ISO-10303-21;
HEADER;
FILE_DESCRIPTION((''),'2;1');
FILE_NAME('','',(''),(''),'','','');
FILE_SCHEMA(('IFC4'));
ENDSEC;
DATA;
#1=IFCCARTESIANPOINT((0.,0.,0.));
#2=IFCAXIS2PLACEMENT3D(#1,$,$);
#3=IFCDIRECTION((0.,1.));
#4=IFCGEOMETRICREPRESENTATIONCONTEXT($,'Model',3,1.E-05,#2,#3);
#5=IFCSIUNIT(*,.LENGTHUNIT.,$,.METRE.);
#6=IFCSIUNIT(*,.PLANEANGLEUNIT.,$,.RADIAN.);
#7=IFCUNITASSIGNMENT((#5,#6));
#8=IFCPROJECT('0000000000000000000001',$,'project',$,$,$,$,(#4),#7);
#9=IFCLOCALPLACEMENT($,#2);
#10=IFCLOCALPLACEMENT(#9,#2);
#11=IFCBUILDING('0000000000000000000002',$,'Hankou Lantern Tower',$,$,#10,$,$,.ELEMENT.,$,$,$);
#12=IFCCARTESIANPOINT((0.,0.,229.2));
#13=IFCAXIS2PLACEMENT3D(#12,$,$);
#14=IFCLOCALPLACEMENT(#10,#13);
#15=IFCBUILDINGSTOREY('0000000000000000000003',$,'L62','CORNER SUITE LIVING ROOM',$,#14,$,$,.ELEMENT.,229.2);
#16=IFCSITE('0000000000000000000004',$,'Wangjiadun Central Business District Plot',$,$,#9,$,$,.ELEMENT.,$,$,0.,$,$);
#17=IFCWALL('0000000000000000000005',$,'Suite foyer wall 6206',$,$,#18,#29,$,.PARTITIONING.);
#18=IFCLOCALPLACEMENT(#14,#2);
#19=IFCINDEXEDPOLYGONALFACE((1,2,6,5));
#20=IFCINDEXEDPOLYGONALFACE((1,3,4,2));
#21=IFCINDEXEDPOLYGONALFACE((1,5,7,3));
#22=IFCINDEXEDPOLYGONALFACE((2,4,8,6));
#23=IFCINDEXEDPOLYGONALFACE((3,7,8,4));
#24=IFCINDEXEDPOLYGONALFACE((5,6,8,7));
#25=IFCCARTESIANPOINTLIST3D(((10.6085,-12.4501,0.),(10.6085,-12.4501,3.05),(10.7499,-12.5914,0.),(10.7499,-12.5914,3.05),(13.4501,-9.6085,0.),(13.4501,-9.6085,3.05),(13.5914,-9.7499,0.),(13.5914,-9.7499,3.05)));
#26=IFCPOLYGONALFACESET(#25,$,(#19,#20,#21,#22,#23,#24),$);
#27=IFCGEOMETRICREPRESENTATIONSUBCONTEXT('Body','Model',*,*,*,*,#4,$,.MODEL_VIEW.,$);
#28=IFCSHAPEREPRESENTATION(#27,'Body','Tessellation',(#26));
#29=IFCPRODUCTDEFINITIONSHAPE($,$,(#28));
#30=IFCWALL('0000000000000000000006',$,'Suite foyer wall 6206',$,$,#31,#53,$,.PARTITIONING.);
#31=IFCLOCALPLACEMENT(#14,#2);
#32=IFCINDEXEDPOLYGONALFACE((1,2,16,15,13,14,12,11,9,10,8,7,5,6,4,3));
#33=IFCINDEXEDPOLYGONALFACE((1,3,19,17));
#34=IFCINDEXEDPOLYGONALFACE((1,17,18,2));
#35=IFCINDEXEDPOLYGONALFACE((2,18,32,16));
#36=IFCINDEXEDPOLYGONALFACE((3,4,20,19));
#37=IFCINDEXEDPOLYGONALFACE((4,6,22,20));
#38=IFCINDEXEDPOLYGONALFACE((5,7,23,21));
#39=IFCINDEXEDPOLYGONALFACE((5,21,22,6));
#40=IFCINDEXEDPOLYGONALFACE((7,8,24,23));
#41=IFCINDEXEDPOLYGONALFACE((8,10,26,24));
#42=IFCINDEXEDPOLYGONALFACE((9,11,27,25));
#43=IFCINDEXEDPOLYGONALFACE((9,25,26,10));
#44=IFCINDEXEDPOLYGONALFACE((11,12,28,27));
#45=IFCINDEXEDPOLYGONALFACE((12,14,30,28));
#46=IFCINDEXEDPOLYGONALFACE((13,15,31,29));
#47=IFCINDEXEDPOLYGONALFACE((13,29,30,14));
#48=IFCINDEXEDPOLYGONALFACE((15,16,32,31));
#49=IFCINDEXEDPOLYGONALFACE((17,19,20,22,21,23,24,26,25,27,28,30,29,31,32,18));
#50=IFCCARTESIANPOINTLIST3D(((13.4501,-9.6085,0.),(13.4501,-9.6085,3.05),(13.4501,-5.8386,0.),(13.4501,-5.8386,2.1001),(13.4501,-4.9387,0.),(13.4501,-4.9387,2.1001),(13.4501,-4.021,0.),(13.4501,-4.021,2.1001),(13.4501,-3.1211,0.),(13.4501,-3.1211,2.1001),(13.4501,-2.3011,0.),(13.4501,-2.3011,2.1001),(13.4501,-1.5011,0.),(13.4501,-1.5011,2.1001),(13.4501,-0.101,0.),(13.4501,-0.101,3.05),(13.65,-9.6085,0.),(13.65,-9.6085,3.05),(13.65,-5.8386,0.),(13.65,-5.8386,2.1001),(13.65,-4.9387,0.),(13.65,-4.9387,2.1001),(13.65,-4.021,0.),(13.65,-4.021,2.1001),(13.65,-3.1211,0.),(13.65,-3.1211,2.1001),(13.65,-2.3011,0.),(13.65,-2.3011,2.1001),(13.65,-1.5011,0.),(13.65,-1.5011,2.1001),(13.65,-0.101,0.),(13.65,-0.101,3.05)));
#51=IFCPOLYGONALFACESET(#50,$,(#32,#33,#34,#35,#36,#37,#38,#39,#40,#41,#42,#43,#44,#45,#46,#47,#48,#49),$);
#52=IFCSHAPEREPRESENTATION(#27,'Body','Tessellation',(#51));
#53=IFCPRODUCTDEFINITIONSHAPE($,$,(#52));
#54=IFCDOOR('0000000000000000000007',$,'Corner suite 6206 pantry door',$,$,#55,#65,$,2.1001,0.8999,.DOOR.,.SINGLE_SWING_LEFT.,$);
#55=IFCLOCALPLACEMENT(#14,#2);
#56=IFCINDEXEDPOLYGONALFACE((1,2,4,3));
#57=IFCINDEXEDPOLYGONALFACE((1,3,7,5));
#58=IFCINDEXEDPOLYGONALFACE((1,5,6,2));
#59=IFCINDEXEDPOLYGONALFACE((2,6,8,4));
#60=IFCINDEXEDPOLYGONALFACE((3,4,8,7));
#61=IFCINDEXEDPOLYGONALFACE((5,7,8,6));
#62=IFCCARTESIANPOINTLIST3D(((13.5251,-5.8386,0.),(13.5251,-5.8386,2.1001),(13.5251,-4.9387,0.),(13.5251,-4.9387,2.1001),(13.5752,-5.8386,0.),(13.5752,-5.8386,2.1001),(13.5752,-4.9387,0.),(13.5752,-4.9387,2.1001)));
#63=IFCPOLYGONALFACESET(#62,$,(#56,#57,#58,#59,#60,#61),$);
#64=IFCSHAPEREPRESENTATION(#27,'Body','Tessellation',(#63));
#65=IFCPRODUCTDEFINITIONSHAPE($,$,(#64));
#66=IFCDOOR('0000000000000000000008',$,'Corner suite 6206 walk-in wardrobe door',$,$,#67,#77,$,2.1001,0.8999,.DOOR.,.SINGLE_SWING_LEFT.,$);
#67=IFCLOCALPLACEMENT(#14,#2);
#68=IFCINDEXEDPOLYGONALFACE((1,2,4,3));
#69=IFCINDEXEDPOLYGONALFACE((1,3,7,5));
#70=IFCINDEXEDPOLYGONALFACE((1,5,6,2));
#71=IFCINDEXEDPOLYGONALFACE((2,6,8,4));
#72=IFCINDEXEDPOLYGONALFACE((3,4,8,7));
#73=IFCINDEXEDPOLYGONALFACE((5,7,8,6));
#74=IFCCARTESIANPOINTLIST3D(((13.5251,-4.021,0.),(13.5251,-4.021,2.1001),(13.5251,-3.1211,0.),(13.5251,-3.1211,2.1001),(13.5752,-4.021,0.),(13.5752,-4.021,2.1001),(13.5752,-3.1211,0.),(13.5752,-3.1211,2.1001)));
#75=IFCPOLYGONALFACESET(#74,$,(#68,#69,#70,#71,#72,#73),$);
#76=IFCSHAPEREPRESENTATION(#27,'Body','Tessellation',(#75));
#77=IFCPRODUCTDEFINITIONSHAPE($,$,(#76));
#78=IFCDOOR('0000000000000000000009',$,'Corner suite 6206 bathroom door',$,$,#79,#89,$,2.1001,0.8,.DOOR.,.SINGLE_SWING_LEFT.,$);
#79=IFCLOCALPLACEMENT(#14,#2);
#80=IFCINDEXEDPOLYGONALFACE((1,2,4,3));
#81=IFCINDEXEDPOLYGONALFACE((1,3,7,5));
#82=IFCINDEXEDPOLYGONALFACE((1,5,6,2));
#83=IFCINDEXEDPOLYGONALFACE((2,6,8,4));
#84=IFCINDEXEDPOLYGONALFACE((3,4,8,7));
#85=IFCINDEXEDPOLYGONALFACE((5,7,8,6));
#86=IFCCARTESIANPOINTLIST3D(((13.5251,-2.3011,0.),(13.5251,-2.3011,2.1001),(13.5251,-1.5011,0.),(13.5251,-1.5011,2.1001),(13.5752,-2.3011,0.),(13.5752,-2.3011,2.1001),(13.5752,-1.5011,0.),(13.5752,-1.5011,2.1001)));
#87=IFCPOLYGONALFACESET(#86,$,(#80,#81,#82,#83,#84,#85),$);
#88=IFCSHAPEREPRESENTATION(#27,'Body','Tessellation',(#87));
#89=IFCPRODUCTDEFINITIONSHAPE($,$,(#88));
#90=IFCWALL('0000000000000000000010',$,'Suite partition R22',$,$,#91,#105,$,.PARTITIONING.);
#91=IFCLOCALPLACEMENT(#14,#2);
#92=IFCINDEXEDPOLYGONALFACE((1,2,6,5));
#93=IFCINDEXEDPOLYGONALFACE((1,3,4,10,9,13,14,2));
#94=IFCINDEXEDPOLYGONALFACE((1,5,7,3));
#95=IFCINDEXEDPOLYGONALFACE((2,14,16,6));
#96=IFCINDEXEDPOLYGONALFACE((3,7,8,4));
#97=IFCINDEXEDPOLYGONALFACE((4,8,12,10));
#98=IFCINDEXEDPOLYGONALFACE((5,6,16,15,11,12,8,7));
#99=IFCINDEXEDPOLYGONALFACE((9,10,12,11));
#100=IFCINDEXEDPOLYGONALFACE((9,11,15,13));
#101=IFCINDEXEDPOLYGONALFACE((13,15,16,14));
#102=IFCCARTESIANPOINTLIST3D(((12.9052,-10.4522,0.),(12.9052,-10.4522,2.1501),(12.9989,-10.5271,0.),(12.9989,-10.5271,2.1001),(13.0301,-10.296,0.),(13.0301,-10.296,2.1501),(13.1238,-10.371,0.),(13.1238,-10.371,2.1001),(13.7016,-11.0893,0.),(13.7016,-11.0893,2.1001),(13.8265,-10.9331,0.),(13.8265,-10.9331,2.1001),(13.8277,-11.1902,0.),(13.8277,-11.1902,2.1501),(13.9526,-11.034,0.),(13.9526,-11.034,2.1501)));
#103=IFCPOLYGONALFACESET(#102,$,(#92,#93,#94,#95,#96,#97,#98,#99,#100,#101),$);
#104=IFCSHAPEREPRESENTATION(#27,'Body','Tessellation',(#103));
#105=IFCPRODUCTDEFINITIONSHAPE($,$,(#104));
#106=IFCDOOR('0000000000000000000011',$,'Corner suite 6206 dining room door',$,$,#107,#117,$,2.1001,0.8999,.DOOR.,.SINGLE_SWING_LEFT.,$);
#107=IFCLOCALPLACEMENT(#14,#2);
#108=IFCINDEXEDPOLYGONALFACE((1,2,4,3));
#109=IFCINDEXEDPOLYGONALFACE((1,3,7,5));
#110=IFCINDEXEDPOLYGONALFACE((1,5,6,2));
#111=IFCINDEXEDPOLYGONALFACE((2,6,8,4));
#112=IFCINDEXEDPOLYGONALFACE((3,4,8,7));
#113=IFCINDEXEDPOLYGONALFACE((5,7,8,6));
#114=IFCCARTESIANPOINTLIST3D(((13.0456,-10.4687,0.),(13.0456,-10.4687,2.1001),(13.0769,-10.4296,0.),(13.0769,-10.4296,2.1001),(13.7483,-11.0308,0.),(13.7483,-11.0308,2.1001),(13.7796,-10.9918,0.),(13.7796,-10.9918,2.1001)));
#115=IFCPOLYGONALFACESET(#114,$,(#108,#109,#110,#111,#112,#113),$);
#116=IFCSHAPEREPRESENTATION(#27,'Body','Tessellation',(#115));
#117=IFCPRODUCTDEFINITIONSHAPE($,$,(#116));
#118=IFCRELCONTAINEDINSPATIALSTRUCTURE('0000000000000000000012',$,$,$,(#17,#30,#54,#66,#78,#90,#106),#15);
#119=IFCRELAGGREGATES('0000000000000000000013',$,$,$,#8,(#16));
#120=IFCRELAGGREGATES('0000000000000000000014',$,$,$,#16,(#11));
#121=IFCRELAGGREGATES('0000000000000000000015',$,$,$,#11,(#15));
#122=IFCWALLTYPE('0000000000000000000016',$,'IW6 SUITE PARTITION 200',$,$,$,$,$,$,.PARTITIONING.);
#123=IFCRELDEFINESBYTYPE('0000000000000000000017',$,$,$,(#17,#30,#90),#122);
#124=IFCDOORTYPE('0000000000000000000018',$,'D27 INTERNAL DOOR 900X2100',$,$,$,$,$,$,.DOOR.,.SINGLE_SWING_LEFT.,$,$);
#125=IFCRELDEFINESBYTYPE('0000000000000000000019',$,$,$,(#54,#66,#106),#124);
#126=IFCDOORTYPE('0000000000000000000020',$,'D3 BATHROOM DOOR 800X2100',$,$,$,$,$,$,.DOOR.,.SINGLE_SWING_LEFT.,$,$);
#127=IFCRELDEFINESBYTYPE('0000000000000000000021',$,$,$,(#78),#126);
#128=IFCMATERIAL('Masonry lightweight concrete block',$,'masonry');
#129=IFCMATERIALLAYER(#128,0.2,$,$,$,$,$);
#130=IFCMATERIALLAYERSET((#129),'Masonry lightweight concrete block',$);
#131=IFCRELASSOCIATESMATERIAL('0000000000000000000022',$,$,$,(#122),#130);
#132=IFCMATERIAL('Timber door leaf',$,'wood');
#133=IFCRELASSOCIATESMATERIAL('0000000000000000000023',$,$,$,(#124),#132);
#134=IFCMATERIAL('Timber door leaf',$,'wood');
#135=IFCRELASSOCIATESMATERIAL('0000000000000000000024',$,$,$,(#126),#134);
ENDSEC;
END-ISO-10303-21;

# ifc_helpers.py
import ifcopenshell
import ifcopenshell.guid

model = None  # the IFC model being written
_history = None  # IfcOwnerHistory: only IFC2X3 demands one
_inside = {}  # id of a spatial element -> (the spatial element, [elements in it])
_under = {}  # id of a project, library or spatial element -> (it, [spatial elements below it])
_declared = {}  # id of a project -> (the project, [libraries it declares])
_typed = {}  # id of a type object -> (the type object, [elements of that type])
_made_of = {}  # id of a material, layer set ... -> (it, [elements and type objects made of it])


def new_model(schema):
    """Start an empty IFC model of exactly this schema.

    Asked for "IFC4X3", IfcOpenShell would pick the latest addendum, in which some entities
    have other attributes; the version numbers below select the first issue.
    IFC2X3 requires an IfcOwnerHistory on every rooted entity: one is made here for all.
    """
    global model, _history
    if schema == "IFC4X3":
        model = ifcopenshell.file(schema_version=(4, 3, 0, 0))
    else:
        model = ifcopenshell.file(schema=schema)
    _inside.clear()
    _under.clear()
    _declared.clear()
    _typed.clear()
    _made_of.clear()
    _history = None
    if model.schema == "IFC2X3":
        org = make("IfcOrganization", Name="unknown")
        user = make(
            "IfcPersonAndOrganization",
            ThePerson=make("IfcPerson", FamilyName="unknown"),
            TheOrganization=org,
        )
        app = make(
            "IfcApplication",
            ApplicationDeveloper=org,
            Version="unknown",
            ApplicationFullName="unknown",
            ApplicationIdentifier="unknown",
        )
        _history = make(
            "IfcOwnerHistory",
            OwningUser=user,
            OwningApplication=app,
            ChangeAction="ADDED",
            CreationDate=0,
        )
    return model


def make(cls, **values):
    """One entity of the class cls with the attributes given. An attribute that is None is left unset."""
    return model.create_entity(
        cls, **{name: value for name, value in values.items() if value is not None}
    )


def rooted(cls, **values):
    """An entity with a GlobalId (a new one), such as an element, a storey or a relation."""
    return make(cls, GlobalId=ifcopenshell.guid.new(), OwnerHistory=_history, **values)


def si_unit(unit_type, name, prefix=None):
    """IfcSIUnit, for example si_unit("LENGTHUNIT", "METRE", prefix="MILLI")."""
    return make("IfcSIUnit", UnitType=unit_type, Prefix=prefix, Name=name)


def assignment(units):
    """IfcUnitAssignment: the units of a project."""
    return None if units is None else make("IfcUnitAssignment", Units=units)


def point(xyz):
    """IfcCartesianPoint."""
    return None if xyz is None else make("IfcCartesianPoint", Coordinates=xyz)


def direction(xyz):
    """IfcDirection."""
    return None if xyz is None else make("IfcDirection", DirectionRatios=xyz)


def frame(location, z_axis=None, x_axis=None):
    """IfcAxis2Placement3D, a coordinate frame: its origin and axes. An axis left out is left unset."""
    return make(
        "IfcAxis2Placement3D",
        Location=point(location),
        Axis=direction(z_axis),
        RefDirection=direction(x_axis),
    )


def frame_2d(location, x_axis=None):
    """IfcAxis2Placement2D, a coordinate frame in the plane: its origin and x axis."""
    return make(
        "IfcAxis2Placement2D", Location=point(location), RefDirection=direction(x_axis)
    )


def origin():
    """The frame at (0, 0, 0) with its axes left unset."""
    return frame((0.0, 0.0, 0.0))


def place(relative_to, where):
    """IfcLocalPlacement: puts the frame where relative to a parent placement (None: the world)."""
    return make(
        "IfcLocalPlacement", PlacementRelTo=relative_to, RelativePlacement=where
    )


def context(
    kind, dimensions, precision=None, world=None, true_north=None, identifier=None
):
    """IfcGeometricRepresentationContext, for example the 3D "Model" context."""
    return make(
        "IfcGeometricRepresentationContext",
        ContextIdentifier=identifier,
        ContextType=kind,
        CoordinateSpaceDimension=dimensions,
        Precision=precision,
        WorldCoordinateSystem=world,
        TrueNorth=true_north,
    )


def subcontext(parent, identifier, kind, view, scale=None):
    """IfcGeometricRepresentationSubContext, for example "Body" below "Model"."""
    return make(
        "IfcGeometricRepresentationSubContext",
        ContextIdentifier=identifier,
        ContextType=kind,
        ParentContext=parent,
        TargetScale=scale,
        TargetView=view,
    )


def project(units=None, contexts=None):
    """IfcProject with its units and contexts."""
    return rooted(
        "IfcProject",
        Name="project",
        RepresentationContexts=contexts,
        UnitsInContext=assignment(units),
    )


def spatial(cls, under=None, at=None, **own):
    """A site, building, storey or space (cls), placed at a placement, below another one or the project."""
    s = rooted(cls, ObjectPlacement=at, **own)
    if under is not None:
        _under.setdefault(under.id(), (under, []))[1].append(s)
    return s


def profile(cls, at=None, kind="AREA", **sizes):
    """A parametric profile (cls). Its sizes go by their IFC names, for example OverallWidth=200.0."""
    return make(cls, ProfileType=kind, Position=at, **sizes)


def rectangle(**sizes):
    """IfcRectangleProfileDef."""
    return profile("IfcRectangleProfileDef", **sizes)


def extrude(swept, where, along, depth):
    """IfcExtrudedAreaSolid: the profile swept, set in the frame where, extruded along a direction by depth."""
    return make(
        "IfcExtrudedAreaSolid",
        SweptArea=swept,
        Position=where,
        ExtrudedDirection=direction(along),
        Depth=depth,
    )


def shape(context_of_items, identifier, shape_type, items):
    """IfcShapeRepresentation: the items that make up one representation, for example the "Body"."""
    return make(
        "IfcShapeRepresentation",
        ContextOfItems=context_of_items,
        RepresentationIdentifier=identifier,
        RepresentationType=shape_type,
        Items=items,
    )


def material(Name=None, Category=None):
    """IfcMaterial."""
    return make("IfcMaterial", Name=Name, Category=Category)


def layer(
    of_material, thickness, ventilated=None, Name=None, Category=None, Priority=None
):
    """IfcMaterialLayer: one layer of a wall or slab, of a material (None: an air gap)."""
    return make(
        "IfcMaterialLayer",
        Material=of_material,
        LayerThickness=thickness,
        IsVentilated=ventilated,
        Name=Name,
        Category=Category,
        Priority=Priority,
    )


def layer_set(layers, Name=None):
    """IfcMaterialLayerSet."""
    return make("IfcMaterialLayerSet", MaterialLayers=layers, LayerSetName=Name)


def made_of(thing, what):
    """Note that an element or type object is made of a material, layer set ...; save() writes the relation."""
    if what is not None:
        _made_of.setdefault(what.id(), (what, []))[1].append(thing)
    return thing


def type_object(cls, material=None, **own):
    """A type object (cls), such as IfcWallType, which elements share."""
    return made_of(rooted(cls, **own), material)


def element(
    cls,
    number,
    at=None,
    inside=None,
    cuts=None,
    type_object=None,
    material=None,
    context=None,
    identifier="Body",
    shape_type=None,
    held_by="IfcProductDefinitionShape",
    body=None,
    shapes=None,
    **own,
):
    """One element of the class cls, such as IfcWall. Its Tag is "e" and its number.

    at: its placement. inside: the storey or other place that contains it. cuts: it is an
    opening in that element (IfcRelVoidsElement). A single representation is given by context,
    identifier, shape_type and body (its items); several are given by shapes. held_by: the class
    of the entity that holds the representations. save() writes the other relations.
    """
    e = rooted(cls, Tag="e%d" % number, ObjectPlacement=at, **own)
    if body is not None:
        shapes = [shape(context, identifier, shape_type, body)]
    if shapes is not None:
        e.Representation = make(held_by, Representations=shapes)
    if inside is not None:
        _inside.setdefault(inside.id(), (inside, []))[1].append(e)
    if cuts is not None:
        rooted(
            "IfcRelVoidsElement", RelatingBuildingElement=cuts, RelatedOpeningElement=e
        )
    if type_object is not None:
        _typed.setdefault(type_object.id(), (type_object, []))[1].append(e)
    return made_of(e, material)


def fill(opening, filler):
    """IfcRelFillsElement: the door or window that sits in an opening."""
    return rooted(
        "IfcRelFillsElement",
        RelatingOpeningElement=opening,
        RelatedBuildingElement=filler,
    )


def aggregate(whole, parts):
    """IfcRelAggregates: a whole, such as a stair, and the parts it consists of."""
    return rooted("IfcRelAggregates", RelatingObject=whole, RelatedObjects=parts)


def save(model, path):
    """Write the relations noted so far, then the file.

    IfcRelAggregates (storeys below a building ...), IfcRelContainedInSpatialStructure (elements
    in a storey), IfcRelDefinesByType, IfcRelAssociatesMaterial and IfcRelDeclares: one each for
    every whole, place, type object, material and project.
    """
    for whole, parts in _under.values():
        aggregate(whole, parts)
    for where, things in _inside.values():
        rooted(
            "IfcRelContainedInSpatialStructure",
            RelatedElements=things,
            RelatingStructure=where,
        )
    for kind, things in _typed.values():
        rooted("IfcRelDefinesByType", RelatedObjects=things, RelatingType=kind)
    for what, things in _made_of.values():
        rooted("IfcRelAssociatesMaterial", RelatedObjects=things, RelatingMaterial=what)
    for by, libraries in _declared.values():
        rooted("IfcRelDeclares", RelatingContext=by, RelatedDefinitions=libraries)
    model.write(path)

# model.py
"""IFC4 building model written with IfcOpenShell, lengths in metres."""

from ifc_helpers import new_model, si_unit, direction, frame, frame_2d, origin, place, context, subcontext, project, spatial, rectangle, extrude, material, layer, layer_set, type_object, element, fill, save


model = new_model("IFC4")

# Units and contexts
model_context = context("Model", 3, precision=1e-05, world=origin(), true_north=direction((0.0, 1.0)))
body_context = subcontext(model_context, "Body", "Model", "MODEL_VIEW")
ifc_project = project(units=[si_unit("LENGTHUNIT", "METRE"), si_unit("PLANEANGLEUNIT", "RADIAN")], contexts=[model_context])

# Site, building, storey
site_placement = place(None, origin())
site = spatial("IfcSite", under=ifc_project, at=site_placement, Name="Wangjiadun Central Business District Plot", CompositionType="ELEMENT", RefElevation=0.0)
building_placement = place(site_placement, origin())
building = spatial("IfcBuilding", under=site, at=building_placement, Name="Hankou Lantern Tower", CompositionType="ELEMENT")
storey_placement = place(building_placement, frame((0.0, 0.0, 229.2)))
storey = spatial("IfcBuildingStorey", under=building, at=storey_placement, Name="L62", Description="CORNER SUITE LIVING ROOM", CompositionType="ELEMENT", Elevation=229.2)

# Wall
ifc_material_1 = material(Name="Masonry lightweight concrete block", Category="masonry")
ifc_layer_1 = layer(ifc_material_1, 0.2)
ifc_layer_set_1 = layer_set([ifc_layer_1], Name="Masonry lightweight concrete block")
wall_type_1 = type_object("IfcWallType", Name="IW6 SUITE PARTITION 200", PredefinedType="PARTITIONING", material=ifc_layer_set_1)
wall_1_placement = place(storey_placement, frame((10.6792, -12.5208, 0.0), z_axis=(0.0, 0.0, 1.0), x_axis=(0.707107, 0.707107, 0.0)))
element("IfcWall", 1, at=wall_1_placement, inside=storey, type_object=wall_type_1, Name="Suite foyer wall 6206", PredefinedType="PARTITIONING", context=body_context, shape_type="SweptSolid", body=[
    extrude(rectangle(XDim=4.0186, YDim=0.2, at=frame_2d((2.0093, 0.0))), origin(), (0.0, 0.0, 1.0), 3.05),
])

# Wall, openings, doors
wall_2_placement = place(storey_placement, frame((13.55, -9.6086, 0.0), z_axis=(0.0, 0.0, 1.0), x_axis=(0.0, 1.0, 0.0)))
wall_2 = element("IfcWall", 2, at=wall_2_placement, inside=storey, type_object=wall_type_1, Name="Suite foyer wall 6206", PredefinedType="PARTITIONING", context=body_context, shape_type="SweptSolid", body=[
    extrude(rectangle(XDim=9.5076, YDim=0.2, at=frame_2d((4.7539, 0.0))), origin(), (0.0, 0.0, 1.0), 3.05),
])
opening_1_placement = place(wall_2_placement, frame((3.77, 0.0, 0.0)))
opening_1 = element("IfcOpeningElement", 3, at=opening_1_placement, cuts=wall_2, PredefinedType="OPENING", context=body_context, shape_type="SweptSolid", body=[
    extrude(rectangle(XDim=0.8999, YDim=2.1001, at=frame_2d((0.45, 1.05))), frame((0.0, 0.1099, 0.0), z_axis=(0.0, -1.0, 0.0), x_axis=(1.0, 0.0, 0.0)), (0.0, 0.0, 1.0), 0.22),
])
opening_2_placement = place(wall_2_placement, frame((5.5876, 0.0, 0.0)))
opening_2 = element("IfcOpeningElement", 4, at=opening_2_placement, cuts=wall_2, PredefinedType="OPENING", context=body_context, shape_type="SweptSolid", body=[
    extrude(rectangle(XDim=0.8999, YDim=2.1001, at=frame_2d((0.45, 1.05))), frame((0.0, 0.1099, 0.0), z_axis=(0.0, -1.0, 0.0), x_axis=(1.0, 0.0, 0.0)), (0.0, 0.0, 1.0), 0.22),
])
opening_3_placement = place(wall_2_placement, frame((7.3076, 0.0, 0.0)))
opening_3 = element("IfcOpeningElement", 5, at=opening_3_placement, cuts=wall_2, PredefinedType="OPENING", context=body_context, shape_type="SweptSolid", body=[
    extrude(rectangle(XDim=0.8, YDim=2.1001, at=frame_2d((0.3999, 1.05))), frame((0.0, 0.1099, 0.0), z_axis=(0.0, -1.0, 0.0), x_axis=(1.0, 0.0, 0.0)), (0.0, 0.0, 1.0), 0.22),
])
ifc_material_2 = material(Name="Timber door leaf", Category="wood")
door_type_1 = type_object("IfcDoorType", Name="D27 INTERNAL DOOR 900X2100", OperationType="SINGLE_SWING_LEFT", PredefinedType="DOOR", material=ifc_material_2)
door_1_placement = place(opening_1_placement, origin())
door_1 = element("IfcDoor", 6, at=door_1_placement, inside=storey, type_object=door_type_1, Name="Corner suite 6206 pantry door", OperationType="SINGLE_SWING_LEFT", OverallHeight=2.1001, OverallWidth=0.8999, PredefinedType="DOOR", context=body_context, shape_type="SweptSolid", body=[
    extrude(rectangle(XDim=0.8999, YDim=2.1001, at=frame_2d((0.45, 1.05))), frame((0.0, 0.0249, 0.0), z_axis=(0.0, -1.0, 0.0), x_axis=(1.0, 0.0, 0.0)), (0.0, 0.0, 1.0), 0.05),
])
fill(opening_1, door_1)
door_2_placement = place(opening_2_placement, origin())
door_2 = element("IfcDoor", 7, at=door_2_placement, inside=storey, type_object=door_type_1, Name="Corner suite 6206 walk-in wardrobe door", OperationType="SINGLE_SWING_LEFT", OverallHeight=2.1001, OverallWidth=0.8999, PredefinedType="DOOR", context=body_context, shape_type="SweptSolid", body=[
    extrude(rectangle(XDim=0.8999, YDim=2.1001, at=frame_2d((0.45, 1.05))), frame((0.0, 0.0249, 0.0), z_axis=(0.0, -1.0, 0.0), x_axis=(1.0, 0.0, 0.0)), (0.0, 0.0, 1.0), 0.05),
])
fill(opening_2, door_2)
ifc_material_3 = material(Name="Timber door leaf", Category="wood")
door_type_2 = type_object("IfcDoorType", Name="D3 BATHROOM DOOR 800X2100", OperationType="SINGLE_SWING_LEFT", PredefinedType="DOOR", material=ifc_material_3)
door_3_placement = place(opening_3_placement, origin())
door_3 = element("IfcDoor", 8, at=door_3_placement, inside=storey, type_object=door_type_2, Name="Corner suite 6206 bathroom door", OperationType="SINGLE_SWING_LEFT", OverallHeight=2.1001, OverallWidth=0.8, PredefinedType="DOOR", context=body_context, shape_type="SweptSolid", body=[
    extrude(rectangle(XDim=0.8, YDim=2.1001, at=frame_2d((0.3999, 1.05))), frame((0.0, 0.0249, 0.0), z_axis=(0.0, -1.0, 0.0), x_axis=(1.0, 0.0, 0.0)), (0.0, 0.0, 1.0), 0.05),
])
fill(opening_3, door_3)

# Wall, opening, door
wall_3_placement = place(storey_placement, frame((12.9675, -10.374, 0.0), z_axis=(0.0, 0.0, 1.0), x_axis=(0.780889, -0.62467, 0.0)))
wall_3 = element("IfcWall", 9, at=wall_3_placement, inside=storey, type_object=wall_type_1, Name="Suite partition R22", PredefinedType="PARTITIONING", context=body_context, shape_type="SweptSolid", body=[
    extrude(rectangle(XDim=1.1814, YDim=0.2, at=frame_2d((0.5908, 0.0))), origin(), (0.0, 0.0, 1.0), 2.1501),
])
opening_4_placement = place(wall_3_placement, frame((0.1201, 0.0, 0.0)))
opening_4 = element("IfcOpeningElement", 10, at=opening_4_placement, cuts=wall_3, PredefinedType="OPENING", context=body_context, shape_type="SweptSolid", body=[
    extrude(rectangle(XDim=0.8999, YDim=2.1001, at=frame_2d((0.45, 1.05))), frame((0.0, 0.1099, 0.0), z_axis=(0.0, -1.0, 0.0), x_axis=(1.0, 0.0, 0.0)), (0.0, 0.0, 1.0), 0.22),
])
door_4_placement = place(opening_4_placement, origin())
door_4 = element("IfcDoor", 11, at=door_4_placement, inside=storey, type_object=door_type_1, Name="Corner suite 6206 dining room door", OperationType="SINGLE_SWING_LEFT", OverallHeight=2.1001, OverallWidth=0.8999, PredefinedType="DOOR", context=body_context, shape_type="SweptSolid", body=[
    extrude(rectangle(XDim=0.8999, YDim=2.1001, at=frame_2d((0.45, 1.05))), frame((0.0, 0.0249, 0.0), z_axis=(0.0, -1.0, 0.0), x_axis=(1.0, 0.0, 0.0)), (0.0, 0.0, 1.0), 0.05),
])
fill(opening_4, door_4)

save(model, "model.ifc")
